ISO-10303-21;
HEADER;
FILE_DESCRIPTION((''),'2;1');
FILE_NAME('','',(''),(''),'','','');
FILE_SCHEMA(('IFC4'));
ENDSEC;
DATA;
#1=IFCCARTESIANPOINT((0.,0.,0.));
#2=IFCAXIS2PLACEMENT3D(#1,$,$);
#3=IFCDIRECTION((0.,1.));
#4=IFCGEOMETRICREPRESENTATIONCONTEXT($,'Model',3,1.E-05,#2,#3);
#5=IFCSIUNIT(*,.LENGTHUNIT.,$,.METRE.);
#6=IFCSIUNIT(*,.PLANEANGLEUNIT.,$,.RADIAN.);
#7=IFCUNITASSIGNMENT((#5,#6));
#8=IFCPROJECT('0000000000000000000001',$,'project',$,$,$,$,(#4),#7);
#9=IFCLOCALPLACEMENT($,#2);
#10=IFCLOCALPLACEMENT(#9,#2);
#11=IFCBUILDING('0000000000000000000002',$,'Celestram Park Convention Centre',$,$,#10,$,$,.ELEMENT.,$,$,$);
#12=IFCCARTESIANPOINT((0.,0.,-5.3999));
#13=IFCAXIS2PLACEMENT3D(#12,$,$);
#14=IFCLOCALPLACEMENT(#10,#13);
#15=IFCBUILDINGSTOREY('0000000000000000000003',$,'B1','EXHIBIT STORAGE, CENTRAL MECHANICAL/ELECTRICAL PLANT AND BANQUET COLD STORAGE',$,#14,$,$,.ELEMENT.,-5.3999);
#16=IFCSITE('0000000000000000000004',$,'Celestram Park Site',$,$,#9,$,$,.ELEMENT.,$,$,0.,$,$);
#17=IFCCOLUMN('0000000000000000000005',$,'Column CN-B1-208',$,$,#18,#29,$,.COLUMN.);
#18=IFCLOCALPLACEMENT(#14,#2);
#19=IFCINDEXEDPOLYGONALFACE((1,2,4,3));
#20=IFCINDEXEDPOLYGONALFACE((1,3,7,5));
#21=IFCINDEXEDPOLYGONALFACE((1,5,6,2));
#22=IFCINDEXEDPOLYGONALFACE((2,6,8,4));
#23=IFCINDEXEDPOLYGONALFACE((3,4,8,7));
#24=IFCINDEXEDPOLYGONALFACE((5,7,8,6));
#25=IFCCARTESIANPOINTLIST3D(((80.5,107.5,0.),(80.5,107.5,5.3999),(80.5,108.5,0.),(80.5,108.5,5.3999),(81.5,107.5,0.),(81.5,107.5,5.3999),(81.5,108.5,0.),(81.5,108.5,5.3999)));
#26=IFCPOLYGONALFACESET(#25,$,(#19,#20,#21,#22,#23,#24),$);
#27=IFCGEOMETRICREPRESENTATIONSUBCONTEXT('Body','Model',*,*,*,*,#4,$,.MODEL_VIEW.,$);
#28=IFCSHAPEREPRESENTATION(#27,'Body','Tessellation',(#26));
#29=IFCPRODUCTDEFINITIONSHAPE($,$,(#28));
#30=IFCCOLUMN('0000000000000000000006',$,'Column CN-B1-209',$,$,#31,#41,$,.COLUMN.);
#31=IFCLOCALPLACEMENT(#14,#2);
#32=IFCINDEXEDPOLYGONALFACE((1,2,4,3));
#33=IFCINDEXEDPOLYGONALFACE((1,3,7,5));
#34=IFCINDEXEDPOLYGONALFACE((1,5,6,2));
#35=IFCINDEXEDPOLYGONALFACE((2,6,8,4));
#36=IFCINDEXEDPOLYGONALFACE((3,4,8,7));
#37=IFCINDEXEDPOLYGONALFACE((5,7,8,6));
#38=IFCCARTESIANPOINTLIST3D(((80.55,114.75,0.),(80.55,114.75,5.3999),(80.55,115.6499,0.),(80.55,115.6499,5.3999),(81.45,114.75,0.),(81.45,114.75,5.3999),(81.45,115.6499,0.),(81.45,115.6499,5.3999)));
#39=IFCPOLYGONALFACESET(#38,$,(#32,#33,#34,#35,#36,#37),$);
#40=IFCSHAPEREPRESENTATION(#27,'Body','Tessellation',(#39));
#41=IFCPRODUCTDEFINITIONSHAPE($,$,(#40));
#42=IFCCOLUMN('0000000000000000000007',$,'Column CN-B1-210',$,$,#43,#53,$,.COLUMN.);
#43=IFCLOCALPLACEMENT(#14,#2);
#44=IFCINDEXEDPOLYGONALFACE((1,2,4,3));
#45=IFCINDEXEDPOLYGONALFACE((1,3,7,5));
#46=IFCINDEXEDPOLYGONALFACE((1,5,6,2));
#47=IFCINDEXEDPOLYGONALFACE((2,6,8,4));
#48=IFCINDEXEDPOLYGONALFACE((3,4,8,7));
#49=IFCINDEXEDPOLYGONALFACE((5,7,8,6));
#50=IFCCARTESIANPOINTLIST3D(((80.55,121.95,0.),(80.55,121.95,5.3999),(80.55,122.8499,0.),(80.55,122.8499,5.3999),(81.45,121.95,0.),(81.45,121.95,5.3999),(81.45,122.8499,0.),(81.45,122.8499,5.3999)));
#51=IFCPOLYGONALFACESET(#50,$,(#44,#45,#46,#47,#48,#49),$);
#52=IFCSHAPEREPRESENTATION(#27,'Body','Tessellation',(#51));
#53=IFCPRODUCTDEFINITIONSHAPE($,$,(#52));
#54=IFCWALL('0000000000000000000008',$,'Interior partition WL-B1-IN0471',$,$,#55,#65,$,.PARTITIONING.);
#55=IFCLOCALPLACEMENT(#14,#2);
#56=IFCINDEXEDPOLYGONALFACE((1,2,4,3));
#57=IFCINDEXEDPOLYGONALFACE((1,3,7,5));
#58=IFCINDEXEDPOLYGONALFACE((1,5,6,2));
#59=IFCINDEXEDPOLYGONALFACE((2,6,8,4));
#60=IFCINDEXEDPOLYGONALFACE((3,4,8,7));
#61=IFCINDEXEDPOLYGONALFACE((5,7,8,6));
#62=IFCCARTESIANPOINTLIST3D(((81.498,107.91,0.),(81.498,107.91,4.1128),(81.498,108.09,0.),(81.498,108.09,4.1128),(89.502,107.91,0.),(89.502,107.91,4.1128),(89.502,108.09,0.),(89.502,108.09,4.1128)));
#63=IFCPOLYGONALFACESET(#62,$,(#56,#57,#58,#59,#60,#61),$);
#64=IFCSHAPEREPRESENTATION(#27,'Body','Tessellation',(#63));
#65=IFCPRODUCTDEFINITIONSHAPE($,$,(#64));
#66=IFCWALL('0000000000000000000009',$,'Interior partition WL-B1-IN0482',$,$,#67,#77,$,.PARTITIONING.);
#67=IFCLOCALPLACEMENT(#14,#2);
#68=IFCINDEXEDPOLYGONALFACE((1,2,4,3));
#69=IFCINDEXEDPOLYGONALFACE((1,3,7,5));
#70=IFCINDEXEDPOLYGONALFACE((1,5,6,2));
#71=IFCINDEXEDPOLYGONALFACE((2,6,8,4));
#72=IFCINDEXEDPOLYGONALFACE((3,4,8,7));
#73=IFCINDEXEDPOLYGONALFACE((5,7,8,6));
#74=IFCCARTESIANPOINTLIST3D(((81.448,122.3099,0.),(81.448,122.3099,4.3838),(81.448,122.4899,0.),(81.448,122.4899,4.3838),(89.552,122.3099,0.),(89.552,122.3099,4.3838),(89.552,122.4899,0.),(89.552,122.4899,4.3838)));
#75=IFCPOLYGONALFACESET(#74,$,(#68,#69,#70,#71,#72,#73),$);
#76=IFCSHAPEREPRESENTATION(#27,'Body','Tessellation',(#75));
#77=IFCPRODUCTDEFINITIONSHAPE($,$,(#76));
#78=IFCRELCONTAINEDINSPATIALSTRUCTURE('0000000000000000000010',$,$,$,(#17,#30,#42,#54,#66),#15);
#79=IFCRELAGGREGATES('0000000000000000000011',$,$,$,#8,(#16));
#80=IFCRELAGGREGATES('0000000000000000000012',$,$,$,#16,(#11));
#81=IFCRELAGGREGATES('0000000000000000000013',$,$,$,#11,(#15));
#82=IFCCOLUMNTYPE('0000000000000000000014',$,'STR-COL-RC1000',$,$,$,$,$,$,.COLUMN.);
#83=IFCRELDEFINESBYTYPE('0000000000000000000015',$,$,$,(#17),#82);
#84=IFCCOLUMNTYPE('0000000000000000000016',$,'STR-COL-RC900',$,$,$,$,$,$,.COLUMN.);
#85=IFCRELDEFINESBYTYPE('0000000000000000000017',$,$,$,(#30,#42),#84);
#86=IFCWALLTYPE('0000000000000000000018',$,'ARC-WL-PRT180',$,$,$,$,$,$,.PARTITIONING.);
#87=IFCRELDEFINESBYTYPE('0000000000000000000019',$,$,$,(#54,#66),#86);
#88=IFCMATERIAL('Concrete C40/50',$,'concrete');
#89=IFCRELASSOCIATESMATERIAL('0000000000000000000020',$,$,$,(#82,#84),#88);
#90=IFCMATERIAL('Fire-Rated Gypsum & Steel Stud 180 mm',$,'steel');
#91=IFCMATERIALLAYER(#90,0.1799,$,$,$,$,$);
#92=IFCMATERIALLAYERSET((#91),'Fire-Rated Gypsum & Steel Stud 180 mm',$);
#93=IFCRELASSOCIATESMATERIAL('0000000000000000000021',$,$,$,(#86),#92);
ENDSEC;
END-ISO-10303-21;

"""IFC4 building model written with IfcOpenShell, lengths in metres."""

from ifc_helpers import new_model, si_unit, direction, frame, frame_2d, origin, origin_2d, place, context, subcontext, project, spatial, rectangle, extrude, material, layer, layer_set, material_profile, profile_set, type_object, element, save


model = new_model("IFC4")

# Units and contexts
model_context = context("Model", 3, precision=1e-05, world=origin(), true_north=direction((0.0, 1.0)))
body_context = subcontext(model_context, "Body", "Model", "MODEL_VIEW")
ifc_project = project(units=[si_unit("LENGTHUNIT", "METRE"), si_unit("PLANEANGLEUNIT", "RADIAN")], contexts=[model_context])

# Site, building, storey
site_placement = place(None, origin())
site = spatial("IfcSite", under=ifc_project, at=site_placement, Name="Celestram Park Site", CompositionType="ELEMENT", RefElevation=0.0)
building_placement = place(site_placement, origin())
building = spatial("IfcBuilding", under=site, at=building_placement, Name="Celestram Park Convention Centre", CompositionType="ELEMENT")
storey_placement = place(building_placement, frame((0.0, 0.0, -5.3999)))
storey = spatial("IfcBuildingStorey", under=building, at=storey_placement, Name="B1", Description="EXHIBIT STORAGE, CENTRAL MECHANICAL/ELECTRICAL PLANT AND BANQUET COLD STORAGE", CompositionType="ELEMENT", Elevation=-5.3999)

# Shared definitions
ifc_material_1 = material(Name="Concrete C40/50", Category="concrete")

# Columns
ifc_material_profile_1 = material_profile(ifc_material_1, rectangle(XDim=1.0, YDim=1.0, at=origin_2d()), Name="RC1000X1000")
ifc_profile_set_1 = profile_set([ifc_material_profile_1], Name="Concrete C40/50")
column_type_1 = type_object("IfcColumnType", Name="STR-COL-RC1000", PredefinedType="COLUMN", material=ifc_profile_set_1)
column_placement = place(storey_placement, frame((81.0, 108.0, 0.0), z_axis=(0.0, 0.0, 1.0), x_axis=(1.0, 0.0, 0.0)))
element("IfcColumn", 1, at=column_placement, inside=storey, type_object=column_type_1, Name="Column CN-B1-208", PredefinedType="COLUMN", context=body_context, shape_type="SweptSolid", body=[
    extrude(rectangle(XDim=1.0, YDim=1.0, at=origin_2d()), origin(), (0.0, 0.0, 1.0), 5.3999),
])
ifc_material_profile_2 = material_profile(ifc_material_1, rectangle(XDim=0.8999, YDim=0.8999, at=origin_2d()), Name="RC900X900")
ifc_profile_set_2 = profile_set([ifc_material_profile_2], Name="Concrete C40/50")
column_type_2 = type_object("IfcColumnType", Name="STR-COL-RC900", PredefinedType="COLUMN", material=ifc_profile_set_2)
for number, where, z_axis, x_axis, name in (
    (2, (81.0, 115.2, 0.0), (0.0, 0.0, 1.0), (1.0, 0.0, 0.0), "Column CN-B1-209"),
    (3, (81.0, 122.3999, 0.0), (0.0, 0.0, 1.0), (1.0, 0.0, 0.0), "Column CN-B1-210"),
):
    element("IfcColumn", number, at=place(storey_placement, frame(where, z_axis=z_axis, x_axis=x_axis)), inside=storey, type_object=column_type_2, Name=name, PredefinedType="COLUMN", context=body_context, shape_type="SweptSolid", body=[
        extrude(rectangle(XDim=0.8999, YDim=0.8999, at=origin_2d()), origin(), (0.0, 0.0, 1.0), 5.3999),
    ])

# Walls
ifc_material_2 = material(Name="Fire-Rated Gypsum & Steel Stud 180 mm", Category="steel")
ifc_layer = layer(ifc_material_2, 0.1799)
ifc_layer_set = layer_set([ifc_layer], Name="Fire-Rated Gypsum & Steel Stud 180 mm")
wall_type = type_object("IfcWallType", Name="ARC-WL-PRT180", PredefinedType="PARTITIONING", material=ifc_layer_set)
wall_1_placement = place(storey_placement, frame((81.498, 108.0, 0.0), z_axis=(0.0, 0.0, 1.0), x_axis=(1.0, 0.0, 0.0)))
element("IfcWall", 4, at=wall_1_placement, inside=storey, type_object=wall_type, Name="Interior partition WL-B1-IN0471", PredefinedType="PARTITIONING", context=body_context, shape_type="SweptSolid", body=[
    extrude(rectangle(XDim=8.0039, YDim=0.1799, at=frame_2d((4.002, 0.0))), origin(), (0.0, 0.0, 1.0), 4.1128),
])
wall_2_placement = place(storey_placement, frame((81.448, 122.3999, 0.0), z_axis=(0.0, 0.0, 1.0), x_axis=(1.0, 0.0, 0.0)))
element("IfcWall", 5, at=wall_2_placement, inside=storey, type_object=wall_type, Name="Interior partition WL-B1-IN0482", PredefinedType="PARTITIONING", context=body_context, shape_type="SweptSolid", body=[
    extrude(rectangle(XDim=8.104, YDim=0.1799, at=frame_2d((4.052, 0.0))), origin(), (0.0, 0.0, 1.0), 4.3838),
])

save(model, "model.ifc")
